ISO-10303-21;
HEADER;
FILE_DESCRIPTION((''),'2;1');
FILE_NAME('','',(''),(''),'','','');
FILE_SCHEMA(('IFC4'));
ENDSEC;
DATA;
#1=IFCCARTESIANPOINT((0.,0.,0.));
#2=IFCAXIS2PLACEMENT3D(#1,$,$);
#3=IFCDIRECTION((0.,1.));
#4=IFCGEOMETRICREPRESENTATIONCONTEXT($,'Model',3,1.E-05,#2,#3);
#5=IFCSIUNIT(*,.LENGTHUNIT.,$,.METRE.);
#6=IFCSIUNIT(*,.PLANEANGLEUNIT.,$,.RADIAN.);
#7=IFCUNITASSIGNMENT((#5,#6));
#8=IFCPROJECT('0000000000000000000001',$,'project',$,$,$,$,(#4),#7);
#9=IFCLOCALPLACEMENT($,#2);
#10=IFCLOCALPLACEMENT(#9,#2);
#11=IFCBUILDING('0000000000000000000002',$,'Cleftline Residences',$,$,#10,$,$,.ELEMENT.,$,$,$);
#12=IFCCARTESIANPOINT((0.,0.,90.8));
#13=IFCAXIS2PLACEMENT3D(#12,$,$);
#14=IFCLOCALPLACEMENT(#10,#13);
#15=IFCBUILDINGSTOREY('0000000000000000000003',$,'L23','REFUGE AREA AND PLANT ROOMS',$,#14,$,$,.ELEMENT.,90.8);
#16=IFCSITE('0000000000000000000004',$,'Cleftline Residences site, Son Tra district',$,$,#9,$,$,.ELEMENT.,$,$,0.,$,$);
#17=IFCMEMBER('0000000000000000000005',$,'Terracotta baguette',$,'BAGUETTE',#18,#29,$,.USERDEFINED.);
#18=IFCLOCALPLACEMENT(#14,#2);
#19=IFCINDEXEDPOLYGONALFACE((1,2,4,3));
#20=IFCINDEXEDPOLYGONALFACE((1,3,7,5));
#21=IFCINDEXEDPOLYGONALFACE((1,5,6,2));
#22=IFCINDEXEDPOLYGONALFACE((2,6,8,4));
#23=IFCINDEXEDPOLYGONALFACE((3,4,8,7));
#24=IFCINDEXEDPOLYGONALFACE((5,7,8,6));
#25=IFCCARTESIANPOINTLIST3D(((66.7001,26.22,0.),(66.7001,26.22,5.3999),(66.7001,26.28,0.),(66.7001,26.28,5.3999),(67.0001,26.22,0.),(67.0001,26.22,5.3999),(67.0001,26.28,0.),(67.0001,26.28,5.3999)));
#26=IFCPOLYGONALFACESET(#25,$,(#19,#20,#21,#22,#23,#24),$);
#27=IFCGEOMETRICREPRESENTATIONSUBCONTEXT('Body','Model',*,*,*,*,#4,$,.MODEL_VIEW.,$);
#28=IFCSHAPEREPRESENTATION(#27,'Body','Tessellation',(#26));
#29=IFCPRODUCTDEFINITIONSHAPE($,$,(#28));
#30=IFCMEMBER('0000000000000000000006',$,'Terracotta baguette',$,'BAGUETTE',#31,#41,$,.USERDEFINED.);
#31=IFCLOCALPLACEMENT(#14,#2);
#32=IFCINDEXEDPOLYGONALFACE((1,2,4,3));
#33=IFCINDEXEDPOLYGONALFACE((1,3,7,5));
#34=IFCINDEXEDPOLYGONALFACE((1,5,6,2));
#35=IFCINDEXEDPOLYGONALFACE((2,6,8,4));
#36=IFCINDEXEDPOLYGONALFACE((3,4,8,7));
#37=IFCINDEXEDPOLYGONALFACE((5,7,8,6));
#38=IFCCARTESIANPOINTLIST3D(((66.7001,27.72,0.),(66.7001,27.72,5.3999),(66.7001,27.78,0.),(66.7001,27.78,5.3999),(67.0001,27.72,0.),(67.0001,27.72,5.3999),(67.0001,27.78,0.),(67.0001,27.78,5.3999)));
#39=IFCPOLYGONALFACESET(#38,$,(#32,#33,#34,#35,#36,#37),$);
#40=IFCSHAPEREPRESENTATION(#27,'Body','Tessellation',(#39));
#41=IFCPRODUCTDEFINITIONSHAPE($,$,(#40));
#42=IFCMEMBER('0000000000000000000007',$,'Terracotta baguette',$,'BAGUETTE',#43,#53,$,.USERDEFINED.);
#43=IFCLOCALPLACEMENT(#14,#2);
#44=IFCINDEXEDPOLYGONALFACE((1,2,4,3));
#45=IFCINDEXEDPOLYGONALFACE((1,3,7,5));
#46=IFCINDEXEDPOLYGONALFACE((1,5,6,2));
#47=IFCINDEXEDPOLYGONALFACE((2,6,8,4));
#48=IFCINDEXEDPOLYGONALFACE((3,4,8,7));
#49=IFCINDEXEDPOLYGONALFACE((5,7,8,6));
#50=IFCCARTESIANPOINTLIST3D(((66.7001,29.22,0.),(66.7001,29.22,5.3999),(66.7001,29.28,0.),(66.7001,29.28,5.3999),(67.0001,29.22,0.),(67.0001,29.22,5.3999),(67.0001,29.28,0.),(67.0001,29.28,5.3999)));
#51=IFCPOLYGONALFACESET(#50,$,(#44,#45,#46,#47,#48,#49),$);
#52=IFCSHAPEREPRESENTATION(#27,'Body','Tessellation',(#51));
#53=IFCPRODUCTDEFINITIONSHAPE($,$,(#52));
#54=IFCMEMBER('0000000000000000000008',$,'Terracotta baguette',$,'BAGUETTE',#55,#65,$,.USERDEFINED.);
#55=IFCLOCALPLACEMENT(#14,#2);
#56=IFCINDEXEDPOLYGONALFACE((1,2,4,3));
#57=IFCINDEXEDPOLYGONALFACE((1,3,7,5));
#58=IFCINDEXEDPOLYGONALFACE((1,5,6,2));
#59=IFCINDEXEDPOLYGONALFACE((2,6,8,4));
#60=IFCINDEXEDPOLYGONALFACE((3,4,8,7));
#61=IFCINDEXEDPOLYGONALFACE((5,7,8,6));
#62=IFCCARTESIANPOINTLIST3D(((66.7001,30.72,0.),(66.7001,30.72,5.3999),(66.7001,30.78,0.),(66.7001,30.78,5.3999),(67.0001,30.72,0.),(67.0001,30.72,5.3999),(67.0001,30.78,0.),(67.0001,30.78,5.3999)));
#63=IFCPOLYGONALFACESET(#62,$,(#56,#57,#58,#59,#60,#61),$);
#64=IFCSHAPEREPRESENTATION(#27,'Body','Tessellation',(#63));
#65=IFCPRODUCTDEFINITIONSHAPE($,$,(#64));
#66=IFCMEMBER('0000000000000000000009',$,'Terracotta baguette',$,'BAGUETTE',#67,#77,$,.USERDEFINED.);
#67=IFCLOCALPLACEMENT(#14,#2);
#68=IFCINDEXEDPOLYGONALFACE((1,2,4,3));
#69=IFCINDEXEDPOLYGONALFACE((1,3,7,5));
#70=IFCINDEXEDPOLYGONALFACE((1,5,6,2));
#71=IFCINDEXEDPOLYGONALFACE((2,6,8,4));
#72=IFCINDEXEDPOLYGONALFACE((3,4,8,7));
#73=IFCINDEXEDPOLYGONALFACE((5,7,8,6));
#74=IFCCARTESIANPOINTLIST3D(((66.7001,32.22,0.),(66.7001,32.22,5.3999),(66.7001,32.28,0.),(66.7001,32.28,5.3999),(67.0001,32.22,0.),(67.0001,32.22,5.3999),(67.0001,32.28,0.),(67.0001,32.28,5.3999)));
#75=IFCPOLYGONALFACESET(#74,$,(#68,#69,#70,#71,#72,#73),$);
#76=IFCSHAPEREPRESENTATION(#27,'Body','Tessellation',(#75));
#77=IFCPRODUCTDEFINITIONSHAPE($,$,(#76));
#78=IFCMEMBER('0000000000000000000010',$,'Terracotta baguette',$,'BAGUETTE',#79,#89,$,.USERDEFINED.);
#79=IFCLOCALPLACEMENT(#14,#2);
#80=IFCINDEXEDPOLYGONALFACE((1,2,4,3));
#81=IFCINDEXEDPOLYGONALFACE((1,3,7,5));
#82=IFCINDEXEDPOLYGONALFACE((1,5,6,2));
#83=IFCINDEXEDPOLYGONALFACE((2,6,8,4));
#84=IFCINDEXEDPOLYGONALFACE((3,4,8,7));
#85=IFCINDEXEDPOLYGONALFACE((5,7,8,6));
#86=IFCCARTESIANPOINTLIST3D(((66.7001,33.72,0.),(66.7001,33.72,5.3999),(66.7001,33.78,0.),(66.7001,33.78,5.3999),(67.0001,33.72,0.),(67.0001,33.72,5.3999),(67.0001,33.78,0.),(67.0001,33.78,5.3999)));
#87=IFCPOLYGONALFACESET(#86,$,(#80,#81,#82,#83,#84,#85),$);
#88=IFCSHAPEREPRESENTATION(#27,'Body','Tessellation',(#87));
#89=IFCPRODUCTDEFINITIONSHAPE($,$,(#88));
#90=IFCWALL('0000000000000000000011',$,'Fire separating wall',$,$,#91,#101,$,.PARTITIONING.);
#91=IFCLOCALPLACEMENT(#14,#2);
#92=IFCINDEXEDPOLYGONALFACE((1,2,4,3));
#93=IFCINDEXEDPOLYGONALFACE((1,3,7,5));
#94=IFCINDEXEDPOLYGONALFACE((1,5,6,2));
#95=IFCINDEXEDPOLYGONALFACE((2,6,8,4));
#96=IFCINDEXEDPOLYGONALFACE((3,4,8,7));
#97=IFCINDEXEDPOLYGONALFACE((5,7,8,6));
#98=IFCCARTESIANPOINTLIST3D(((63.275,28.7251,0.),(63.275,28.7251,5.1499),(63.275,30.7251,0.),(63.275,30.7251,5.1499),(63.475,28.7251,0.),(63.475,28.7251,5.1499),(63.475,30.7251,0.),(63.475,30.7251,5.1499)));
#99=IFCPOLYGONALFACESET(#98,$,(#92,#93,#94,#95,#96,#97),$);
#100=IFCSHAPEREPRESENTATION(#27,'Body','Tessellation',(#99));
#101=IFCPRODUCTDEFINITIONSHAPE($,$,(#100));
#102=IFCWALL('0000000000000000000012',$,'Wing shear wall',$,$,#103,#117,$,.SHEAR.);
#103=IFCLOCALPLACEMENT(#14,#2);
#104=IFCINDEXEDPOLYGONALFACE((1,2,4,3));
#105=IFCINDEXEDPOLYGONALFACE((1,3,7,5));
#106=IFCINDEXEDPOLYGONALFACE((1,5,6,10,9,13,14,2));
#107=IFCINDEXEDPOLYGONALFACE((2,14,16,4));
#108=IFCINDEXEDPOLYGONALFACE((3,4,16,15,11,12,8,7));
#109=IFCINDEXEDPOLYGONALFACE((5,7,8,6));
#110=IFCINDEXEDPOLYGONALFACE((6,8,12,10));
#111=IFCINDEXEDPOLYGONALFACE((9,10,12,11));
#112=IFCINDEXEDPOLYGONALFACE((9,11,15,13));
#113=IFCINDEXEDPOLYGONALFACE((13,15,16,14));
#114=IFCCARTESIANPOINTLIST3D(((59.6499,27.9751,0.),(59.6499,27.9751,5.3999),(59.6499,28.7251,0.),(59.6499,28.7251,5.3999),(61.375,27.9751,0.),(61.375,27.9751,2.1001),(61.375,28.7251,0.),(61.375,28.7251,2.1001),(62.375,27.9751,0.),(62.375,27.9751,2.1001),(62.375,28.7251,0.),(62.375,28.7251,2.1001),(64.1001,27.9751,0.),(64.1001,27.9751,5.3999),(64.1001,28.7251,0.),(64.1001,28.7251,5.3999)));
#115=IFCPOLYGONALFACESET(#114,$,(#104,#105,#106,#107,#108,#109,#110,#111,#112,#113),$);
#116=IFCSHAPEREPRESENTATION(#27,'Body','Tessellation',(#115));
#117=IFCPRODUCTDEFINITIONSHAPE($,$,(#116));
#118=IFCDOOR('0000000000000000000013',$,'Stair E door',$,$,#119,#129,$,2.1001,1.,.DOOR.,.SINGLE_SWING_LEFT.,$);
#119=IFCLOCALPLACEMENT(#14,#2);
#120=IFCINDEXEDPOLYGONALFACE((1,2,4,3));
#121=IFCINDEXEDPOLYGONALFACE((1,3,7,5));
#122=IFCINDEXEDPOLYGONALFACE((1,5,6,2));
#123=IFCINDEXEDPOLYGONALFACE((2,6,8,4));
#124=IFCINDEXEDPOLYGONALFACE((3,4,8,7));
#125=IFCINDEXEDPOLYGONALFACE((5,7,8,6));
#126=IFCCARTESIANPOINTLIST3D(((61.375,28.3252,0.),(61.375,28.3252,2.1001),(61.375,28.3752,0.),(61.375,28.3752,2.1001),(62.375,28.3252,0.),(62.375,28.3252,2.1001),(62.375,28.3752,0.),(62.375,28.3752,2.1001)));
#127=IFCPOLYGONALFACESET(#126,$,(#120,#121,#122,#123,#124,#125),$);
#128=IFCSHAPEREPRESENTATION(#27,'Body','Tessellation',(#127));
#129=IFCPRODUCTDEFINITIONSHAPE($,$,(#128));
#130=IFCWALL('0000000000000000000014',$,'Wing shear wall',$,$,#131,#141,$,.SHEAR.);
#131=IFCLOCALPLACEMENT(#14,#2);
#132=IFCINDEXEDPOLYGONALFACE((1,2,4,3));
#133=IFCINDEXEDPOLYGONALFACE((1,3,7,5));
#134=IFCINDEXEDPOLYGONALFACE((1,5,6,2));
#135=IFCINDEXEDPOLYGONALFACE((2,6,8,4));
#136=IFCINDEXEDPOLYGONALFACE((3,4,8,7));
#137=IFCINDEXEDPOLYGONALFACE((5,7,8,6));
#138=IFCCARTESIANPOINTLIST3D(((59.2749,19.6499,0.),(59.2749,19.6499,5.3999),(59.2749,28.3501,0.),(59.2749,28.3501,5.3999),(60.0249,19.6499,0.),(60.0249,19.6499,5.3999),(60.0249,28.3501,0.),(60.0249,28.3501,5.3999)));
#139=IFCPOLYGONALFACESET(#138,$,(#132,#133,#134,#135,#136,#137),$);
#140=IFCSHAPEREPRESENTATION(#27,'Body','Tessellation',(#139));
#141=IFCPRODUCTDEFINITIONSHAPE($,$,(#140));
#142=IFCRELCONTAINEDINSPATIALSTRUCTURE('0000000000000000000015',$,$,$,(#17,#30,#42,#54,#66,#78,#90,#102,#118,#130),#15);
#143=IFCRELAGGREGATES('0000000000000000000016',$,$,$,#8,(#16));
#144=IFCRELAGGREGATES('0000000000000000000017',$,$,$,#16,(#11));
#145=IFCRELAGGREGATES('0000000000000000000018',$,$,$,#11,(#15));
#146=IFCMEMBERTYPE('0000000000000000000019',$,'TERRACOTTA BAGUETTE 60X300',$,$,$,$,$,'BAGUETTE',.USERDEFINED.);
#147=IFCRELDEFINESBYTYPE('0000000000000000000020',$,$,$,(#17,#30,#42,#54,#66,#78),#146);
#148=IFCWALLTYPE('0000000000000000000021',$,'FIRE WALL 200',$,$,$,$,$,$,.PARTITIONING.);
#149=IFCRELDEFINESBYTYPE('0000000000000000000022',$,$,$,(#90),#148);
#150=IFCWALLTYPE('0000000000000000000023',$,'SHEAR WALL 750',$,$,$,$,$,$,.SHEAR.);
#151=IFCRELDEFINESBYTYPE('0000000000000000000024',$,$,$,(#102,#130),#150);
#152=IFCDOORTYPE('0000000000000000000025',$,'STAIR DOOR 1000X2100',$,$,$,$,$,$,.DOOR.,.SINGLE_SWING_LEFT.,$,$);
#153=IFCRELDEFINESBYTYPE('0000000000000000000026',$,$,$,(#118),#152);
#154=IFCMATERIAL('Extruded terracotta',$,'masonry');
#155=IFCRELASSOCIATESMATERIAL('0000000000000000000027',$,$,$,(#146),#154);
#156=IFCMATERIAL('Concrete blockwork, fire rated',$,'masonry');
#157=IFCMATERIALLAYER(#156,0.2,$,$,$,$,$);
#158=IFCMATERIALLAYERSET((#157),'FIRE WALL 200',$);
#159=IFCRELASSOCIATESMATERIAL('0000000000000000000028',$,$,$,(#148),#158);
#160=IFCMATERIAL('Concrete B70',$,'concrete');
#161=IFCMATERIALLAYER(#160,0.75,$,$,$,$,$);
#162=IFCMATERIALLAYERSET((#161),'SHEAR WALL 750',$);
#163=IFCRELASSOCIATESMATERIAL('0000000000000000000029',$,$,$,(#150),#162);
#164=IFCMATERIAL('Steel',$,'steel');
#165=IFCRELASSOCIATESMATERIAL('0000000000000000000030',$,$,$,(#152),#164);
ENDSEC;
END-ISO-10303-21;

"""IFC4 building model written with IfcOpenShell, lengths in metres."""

from ifc_helpers import new_model, si_unit, direction, frame, frame_2d, origin, origin_2d, place, context, subcontext, project, spatial, rectangle, extrude, material, layer, layer_set, material_profile, profile_set, type_object, element, fill, save


model = new_model("IFC4")

# Units and contexts
model_context = context("Model", 3, precision=1e-05, world=origin(), true_north=direction((0.0, 1.0)))
body_context = subcontext(model_context, "Body", "Model", "MODEL_VIEW")
ifc_project = project(units=[si_unit("LENGTHUNIT", "METRE"), si_unit("PLANEANGLEUNIT", "RADIAN")], contexts=[model_context])

# Site, building, storey
site_placement = place(None, origin())
site = spatial("IfcSite", under=ifc_project, at=site_placement, Name="Cleftline Residences site, Son Tra district", CompositionType="ELEMENT", RefElevation=0.0)
building_placement = place(site_placement, origin())
building = spatial("IfcBuilding", under=site, at=building_placement, Name="Cleftline Residences", CompositionType="ELEMENT")
storey_placement = place(building_placement, frame((0.0, 0.0, 90.8)))
storey = spatial("IfcBuildingStorey", under=building, at=storey_placement, Name="L23", Description="REFUGE AREA AND PLANT ROOMS", CompositionType="ELEMENT", Elevation=90.8)

# Members
ifc_material_1 = material(Name="Extruded terracotta", Category="masonry")
ifc_material_profile_1 = material_profile(ifc_material_1, rectangle(XDim=0.0601, YDim=0.3, at=origin_2d()))
ifc_profile_set_1 = profile_set([ifc_material_profile_1], Name="Extruded terracotta")
member_type_1 = type_object("IfcMemberType", Name="TERRACOTTA BAGUETTE 60X300", ElementType="BAGUETTE", PredefinedType="USERDEFINED", material=ifc_profile_set_1)
for number, where, z_axis, x_axis, name in (
    (1, (66.8501, 26.25, 0.0), (0.0, 0.0, 1.0), (0.0, 1.0, 0.0), "Terracotta baguette"),
    (2, (66.8501, 27.75, 0.0), (0.0, 0.0, 1.0), (0.0, 1.0, 0.0), "Terracotta baguette"),
    (3, (66.8501, 29.25, 0.0), (0.0, 0.0, 1.0), (0.0, 1.0, 0.0), "Terracotta baguette"),
    (4, (66.8501, 30.75, 0.0), (0.0, 0.0, 1.0), (0.0, 1.0, 0.0), "Terracotta baguette"),
    (5, (66.8501, 32.25, 0.0), (0.0, 0.0, 1.0), (0.0, 1.0, 0.0), "Terracotta baguette"),
    (6, (66.8501, 33.75, 0.0), (0.0, 0.0, 1.0), (0.0, 1.0, 0.0), "Terracotta baguette"),
):
    element("IfcMember", number, at=place(storey_placement, frame(where, z_axis=z_axis, x_axis=x_axis)), inside=storey, type_object=member_type_1, Name=name, ObjectType="BAGUETTE", PredefinedType="USERDEFINED", context=body_context, shape_type="SweptSolid", body=[
        extrude(rectangle(XDim=0.0601, YDim=0.3, at=origin_2d()), origin(), (0.0, 0.0, 1.0), 5.3999),
    ])

# Wall
ifc_material_2 = material(Name="Concrete blockwork, fire rated", Category="masonry")
ifc_layer_1 = layer(ifc_material_2, 0.2)
ifc_layer_set_1 = layer_set([ifc_layer_1], Name="FIRE WALL 200")
wall_type_1 = type_object("IfcWallType", Name="FIRE WALL 200", PredefinedType="PARTITIONING", material=ifc_layer_set_1)
wall_1_placement = place(storey_placement, frame((63.375, 28.7251, 0.0), z_axis=(0.0, 0.0, 1.0), x_axis=(0.0, 1.0, 0.0)))
element("IfcWall", 7, at=wall_1_placement, inside=storey, type_object=wall_type_1, Name="Fire separating wall", PredefinedType="PARTITIONING", context=body_context, shape_type="SweptSolid", body=[
    extrude(rectangle(XDim=2.0, YDim=0.2, at=frame_2d((1.0, 0.0))), origin(), (0.0, 0.0, 1.0), 5.1499),
])

# Wall, opening, door
ifc_material_3 = material(Name="Concrete B70", Category="concrete")
ifc_layer_2 = layer(ifc_material_3, 0.75)
ifc_layer_set_2 = layer_set([ifc_layer_2], Name="SHEAR WALL 750")
wall_type_2 = type_object("IfcWallType", Name="SHEAR WALL 750", PredefinedType="SHEAR", material=ifc_layer_set_2)
wall_2_placement = place(storey_placement, frame((64.1001, 28.3501, 0.0), z_axis=(0.0, 0.0, 1.0), x_axis=(-1.0, 0.0, 0.0)))
wall_2 = element("IfcWall", 8, at=wall_2_placement, inside=storey, type_object=wall_type_2, Name="Wing shear wall", PredefinedType="SHEAR", context=body_context, shape_type="SweptSolid", body=[
    extrude(rectangle(XDim=4.4502, YDim=0.75, at=frame_2d((2.2251, 0.0))), origin(), (0.0, 0.0, 1.0), 5.3999),
])
opening_placement = place(wall_2_placement, frame((1.7251, 0.0, 0.0)))
opening = element("IfcOpeningElement", 9, at=opening_placement, cuts=wall_2, PredefinedType="OPENING", context=body_context, shape_type="SweptSolid", body=[
    extrude(rectangle(XDim=1.0, YDim=2.1001, at=frame_2d((0.5, 1.05))), frame((0.0, 0.385, 0.0), z_axis=(0.0, -1.0, 0.0), x_axis=(1.0, 0.0, 0.0)), (0.0, 0.0, 1.0), 0.77),
])
ifc_material_4 = material(Name="Steel", Category="steel")
door_type = type_object("IfcDoorType", Name="STAIR DOOR 1000X2100", OperationType="SINGLE_SWING_LEFT", PredefinedType="DOOR", material=ifc_material_4)
door_placement = place(opening_placement, origin())
door = element("IfcDoor", 10, at=door_placement, inside=storey, type_object=door_type, Name="Stair E door", OperationType="SINGLE_SWING_LEFT", OverallHeight=2.1001, OverallWidth=1.0, PredefinedType="DOOR", context=body_context, shape_type="SweptSolid", body=[
    extrude(rectangle(XDim=1.0, YDim=2.1001, at=frame_2d((0.5, 1.05))), frame((0.0, 0.0249, 0.0), z_axis=(0.0, -1.0, 0.0), x_axis=(1.0, 0.0, 0.0)), (0.0, 0.0, 1.0), 0.05),
])
fill(opening, door)

# Wall
wall_3_placement = place(storey_placement, frame((59.6499, 28.3501, 0.0), z_axis=(0.0, 0.0, 1.0), x_axis=(0.0, -1.0, 0.0)))
element("IfcWall", 11, at=wall_3_placement, inside=storey, type_object=wall_type_2, Name="Wing shear wall", PredefinedType="SHEAR", context=body_context, shape_type="SweptSolid", body=[
    extrude(rectangle(XDim=8.7002, YDim=0.75, at=frame_2d((4.3501, 0.0))), origin(), (0.0, 0.0, 1.0), 5.3999),
])

save(model, "model.ifc")
